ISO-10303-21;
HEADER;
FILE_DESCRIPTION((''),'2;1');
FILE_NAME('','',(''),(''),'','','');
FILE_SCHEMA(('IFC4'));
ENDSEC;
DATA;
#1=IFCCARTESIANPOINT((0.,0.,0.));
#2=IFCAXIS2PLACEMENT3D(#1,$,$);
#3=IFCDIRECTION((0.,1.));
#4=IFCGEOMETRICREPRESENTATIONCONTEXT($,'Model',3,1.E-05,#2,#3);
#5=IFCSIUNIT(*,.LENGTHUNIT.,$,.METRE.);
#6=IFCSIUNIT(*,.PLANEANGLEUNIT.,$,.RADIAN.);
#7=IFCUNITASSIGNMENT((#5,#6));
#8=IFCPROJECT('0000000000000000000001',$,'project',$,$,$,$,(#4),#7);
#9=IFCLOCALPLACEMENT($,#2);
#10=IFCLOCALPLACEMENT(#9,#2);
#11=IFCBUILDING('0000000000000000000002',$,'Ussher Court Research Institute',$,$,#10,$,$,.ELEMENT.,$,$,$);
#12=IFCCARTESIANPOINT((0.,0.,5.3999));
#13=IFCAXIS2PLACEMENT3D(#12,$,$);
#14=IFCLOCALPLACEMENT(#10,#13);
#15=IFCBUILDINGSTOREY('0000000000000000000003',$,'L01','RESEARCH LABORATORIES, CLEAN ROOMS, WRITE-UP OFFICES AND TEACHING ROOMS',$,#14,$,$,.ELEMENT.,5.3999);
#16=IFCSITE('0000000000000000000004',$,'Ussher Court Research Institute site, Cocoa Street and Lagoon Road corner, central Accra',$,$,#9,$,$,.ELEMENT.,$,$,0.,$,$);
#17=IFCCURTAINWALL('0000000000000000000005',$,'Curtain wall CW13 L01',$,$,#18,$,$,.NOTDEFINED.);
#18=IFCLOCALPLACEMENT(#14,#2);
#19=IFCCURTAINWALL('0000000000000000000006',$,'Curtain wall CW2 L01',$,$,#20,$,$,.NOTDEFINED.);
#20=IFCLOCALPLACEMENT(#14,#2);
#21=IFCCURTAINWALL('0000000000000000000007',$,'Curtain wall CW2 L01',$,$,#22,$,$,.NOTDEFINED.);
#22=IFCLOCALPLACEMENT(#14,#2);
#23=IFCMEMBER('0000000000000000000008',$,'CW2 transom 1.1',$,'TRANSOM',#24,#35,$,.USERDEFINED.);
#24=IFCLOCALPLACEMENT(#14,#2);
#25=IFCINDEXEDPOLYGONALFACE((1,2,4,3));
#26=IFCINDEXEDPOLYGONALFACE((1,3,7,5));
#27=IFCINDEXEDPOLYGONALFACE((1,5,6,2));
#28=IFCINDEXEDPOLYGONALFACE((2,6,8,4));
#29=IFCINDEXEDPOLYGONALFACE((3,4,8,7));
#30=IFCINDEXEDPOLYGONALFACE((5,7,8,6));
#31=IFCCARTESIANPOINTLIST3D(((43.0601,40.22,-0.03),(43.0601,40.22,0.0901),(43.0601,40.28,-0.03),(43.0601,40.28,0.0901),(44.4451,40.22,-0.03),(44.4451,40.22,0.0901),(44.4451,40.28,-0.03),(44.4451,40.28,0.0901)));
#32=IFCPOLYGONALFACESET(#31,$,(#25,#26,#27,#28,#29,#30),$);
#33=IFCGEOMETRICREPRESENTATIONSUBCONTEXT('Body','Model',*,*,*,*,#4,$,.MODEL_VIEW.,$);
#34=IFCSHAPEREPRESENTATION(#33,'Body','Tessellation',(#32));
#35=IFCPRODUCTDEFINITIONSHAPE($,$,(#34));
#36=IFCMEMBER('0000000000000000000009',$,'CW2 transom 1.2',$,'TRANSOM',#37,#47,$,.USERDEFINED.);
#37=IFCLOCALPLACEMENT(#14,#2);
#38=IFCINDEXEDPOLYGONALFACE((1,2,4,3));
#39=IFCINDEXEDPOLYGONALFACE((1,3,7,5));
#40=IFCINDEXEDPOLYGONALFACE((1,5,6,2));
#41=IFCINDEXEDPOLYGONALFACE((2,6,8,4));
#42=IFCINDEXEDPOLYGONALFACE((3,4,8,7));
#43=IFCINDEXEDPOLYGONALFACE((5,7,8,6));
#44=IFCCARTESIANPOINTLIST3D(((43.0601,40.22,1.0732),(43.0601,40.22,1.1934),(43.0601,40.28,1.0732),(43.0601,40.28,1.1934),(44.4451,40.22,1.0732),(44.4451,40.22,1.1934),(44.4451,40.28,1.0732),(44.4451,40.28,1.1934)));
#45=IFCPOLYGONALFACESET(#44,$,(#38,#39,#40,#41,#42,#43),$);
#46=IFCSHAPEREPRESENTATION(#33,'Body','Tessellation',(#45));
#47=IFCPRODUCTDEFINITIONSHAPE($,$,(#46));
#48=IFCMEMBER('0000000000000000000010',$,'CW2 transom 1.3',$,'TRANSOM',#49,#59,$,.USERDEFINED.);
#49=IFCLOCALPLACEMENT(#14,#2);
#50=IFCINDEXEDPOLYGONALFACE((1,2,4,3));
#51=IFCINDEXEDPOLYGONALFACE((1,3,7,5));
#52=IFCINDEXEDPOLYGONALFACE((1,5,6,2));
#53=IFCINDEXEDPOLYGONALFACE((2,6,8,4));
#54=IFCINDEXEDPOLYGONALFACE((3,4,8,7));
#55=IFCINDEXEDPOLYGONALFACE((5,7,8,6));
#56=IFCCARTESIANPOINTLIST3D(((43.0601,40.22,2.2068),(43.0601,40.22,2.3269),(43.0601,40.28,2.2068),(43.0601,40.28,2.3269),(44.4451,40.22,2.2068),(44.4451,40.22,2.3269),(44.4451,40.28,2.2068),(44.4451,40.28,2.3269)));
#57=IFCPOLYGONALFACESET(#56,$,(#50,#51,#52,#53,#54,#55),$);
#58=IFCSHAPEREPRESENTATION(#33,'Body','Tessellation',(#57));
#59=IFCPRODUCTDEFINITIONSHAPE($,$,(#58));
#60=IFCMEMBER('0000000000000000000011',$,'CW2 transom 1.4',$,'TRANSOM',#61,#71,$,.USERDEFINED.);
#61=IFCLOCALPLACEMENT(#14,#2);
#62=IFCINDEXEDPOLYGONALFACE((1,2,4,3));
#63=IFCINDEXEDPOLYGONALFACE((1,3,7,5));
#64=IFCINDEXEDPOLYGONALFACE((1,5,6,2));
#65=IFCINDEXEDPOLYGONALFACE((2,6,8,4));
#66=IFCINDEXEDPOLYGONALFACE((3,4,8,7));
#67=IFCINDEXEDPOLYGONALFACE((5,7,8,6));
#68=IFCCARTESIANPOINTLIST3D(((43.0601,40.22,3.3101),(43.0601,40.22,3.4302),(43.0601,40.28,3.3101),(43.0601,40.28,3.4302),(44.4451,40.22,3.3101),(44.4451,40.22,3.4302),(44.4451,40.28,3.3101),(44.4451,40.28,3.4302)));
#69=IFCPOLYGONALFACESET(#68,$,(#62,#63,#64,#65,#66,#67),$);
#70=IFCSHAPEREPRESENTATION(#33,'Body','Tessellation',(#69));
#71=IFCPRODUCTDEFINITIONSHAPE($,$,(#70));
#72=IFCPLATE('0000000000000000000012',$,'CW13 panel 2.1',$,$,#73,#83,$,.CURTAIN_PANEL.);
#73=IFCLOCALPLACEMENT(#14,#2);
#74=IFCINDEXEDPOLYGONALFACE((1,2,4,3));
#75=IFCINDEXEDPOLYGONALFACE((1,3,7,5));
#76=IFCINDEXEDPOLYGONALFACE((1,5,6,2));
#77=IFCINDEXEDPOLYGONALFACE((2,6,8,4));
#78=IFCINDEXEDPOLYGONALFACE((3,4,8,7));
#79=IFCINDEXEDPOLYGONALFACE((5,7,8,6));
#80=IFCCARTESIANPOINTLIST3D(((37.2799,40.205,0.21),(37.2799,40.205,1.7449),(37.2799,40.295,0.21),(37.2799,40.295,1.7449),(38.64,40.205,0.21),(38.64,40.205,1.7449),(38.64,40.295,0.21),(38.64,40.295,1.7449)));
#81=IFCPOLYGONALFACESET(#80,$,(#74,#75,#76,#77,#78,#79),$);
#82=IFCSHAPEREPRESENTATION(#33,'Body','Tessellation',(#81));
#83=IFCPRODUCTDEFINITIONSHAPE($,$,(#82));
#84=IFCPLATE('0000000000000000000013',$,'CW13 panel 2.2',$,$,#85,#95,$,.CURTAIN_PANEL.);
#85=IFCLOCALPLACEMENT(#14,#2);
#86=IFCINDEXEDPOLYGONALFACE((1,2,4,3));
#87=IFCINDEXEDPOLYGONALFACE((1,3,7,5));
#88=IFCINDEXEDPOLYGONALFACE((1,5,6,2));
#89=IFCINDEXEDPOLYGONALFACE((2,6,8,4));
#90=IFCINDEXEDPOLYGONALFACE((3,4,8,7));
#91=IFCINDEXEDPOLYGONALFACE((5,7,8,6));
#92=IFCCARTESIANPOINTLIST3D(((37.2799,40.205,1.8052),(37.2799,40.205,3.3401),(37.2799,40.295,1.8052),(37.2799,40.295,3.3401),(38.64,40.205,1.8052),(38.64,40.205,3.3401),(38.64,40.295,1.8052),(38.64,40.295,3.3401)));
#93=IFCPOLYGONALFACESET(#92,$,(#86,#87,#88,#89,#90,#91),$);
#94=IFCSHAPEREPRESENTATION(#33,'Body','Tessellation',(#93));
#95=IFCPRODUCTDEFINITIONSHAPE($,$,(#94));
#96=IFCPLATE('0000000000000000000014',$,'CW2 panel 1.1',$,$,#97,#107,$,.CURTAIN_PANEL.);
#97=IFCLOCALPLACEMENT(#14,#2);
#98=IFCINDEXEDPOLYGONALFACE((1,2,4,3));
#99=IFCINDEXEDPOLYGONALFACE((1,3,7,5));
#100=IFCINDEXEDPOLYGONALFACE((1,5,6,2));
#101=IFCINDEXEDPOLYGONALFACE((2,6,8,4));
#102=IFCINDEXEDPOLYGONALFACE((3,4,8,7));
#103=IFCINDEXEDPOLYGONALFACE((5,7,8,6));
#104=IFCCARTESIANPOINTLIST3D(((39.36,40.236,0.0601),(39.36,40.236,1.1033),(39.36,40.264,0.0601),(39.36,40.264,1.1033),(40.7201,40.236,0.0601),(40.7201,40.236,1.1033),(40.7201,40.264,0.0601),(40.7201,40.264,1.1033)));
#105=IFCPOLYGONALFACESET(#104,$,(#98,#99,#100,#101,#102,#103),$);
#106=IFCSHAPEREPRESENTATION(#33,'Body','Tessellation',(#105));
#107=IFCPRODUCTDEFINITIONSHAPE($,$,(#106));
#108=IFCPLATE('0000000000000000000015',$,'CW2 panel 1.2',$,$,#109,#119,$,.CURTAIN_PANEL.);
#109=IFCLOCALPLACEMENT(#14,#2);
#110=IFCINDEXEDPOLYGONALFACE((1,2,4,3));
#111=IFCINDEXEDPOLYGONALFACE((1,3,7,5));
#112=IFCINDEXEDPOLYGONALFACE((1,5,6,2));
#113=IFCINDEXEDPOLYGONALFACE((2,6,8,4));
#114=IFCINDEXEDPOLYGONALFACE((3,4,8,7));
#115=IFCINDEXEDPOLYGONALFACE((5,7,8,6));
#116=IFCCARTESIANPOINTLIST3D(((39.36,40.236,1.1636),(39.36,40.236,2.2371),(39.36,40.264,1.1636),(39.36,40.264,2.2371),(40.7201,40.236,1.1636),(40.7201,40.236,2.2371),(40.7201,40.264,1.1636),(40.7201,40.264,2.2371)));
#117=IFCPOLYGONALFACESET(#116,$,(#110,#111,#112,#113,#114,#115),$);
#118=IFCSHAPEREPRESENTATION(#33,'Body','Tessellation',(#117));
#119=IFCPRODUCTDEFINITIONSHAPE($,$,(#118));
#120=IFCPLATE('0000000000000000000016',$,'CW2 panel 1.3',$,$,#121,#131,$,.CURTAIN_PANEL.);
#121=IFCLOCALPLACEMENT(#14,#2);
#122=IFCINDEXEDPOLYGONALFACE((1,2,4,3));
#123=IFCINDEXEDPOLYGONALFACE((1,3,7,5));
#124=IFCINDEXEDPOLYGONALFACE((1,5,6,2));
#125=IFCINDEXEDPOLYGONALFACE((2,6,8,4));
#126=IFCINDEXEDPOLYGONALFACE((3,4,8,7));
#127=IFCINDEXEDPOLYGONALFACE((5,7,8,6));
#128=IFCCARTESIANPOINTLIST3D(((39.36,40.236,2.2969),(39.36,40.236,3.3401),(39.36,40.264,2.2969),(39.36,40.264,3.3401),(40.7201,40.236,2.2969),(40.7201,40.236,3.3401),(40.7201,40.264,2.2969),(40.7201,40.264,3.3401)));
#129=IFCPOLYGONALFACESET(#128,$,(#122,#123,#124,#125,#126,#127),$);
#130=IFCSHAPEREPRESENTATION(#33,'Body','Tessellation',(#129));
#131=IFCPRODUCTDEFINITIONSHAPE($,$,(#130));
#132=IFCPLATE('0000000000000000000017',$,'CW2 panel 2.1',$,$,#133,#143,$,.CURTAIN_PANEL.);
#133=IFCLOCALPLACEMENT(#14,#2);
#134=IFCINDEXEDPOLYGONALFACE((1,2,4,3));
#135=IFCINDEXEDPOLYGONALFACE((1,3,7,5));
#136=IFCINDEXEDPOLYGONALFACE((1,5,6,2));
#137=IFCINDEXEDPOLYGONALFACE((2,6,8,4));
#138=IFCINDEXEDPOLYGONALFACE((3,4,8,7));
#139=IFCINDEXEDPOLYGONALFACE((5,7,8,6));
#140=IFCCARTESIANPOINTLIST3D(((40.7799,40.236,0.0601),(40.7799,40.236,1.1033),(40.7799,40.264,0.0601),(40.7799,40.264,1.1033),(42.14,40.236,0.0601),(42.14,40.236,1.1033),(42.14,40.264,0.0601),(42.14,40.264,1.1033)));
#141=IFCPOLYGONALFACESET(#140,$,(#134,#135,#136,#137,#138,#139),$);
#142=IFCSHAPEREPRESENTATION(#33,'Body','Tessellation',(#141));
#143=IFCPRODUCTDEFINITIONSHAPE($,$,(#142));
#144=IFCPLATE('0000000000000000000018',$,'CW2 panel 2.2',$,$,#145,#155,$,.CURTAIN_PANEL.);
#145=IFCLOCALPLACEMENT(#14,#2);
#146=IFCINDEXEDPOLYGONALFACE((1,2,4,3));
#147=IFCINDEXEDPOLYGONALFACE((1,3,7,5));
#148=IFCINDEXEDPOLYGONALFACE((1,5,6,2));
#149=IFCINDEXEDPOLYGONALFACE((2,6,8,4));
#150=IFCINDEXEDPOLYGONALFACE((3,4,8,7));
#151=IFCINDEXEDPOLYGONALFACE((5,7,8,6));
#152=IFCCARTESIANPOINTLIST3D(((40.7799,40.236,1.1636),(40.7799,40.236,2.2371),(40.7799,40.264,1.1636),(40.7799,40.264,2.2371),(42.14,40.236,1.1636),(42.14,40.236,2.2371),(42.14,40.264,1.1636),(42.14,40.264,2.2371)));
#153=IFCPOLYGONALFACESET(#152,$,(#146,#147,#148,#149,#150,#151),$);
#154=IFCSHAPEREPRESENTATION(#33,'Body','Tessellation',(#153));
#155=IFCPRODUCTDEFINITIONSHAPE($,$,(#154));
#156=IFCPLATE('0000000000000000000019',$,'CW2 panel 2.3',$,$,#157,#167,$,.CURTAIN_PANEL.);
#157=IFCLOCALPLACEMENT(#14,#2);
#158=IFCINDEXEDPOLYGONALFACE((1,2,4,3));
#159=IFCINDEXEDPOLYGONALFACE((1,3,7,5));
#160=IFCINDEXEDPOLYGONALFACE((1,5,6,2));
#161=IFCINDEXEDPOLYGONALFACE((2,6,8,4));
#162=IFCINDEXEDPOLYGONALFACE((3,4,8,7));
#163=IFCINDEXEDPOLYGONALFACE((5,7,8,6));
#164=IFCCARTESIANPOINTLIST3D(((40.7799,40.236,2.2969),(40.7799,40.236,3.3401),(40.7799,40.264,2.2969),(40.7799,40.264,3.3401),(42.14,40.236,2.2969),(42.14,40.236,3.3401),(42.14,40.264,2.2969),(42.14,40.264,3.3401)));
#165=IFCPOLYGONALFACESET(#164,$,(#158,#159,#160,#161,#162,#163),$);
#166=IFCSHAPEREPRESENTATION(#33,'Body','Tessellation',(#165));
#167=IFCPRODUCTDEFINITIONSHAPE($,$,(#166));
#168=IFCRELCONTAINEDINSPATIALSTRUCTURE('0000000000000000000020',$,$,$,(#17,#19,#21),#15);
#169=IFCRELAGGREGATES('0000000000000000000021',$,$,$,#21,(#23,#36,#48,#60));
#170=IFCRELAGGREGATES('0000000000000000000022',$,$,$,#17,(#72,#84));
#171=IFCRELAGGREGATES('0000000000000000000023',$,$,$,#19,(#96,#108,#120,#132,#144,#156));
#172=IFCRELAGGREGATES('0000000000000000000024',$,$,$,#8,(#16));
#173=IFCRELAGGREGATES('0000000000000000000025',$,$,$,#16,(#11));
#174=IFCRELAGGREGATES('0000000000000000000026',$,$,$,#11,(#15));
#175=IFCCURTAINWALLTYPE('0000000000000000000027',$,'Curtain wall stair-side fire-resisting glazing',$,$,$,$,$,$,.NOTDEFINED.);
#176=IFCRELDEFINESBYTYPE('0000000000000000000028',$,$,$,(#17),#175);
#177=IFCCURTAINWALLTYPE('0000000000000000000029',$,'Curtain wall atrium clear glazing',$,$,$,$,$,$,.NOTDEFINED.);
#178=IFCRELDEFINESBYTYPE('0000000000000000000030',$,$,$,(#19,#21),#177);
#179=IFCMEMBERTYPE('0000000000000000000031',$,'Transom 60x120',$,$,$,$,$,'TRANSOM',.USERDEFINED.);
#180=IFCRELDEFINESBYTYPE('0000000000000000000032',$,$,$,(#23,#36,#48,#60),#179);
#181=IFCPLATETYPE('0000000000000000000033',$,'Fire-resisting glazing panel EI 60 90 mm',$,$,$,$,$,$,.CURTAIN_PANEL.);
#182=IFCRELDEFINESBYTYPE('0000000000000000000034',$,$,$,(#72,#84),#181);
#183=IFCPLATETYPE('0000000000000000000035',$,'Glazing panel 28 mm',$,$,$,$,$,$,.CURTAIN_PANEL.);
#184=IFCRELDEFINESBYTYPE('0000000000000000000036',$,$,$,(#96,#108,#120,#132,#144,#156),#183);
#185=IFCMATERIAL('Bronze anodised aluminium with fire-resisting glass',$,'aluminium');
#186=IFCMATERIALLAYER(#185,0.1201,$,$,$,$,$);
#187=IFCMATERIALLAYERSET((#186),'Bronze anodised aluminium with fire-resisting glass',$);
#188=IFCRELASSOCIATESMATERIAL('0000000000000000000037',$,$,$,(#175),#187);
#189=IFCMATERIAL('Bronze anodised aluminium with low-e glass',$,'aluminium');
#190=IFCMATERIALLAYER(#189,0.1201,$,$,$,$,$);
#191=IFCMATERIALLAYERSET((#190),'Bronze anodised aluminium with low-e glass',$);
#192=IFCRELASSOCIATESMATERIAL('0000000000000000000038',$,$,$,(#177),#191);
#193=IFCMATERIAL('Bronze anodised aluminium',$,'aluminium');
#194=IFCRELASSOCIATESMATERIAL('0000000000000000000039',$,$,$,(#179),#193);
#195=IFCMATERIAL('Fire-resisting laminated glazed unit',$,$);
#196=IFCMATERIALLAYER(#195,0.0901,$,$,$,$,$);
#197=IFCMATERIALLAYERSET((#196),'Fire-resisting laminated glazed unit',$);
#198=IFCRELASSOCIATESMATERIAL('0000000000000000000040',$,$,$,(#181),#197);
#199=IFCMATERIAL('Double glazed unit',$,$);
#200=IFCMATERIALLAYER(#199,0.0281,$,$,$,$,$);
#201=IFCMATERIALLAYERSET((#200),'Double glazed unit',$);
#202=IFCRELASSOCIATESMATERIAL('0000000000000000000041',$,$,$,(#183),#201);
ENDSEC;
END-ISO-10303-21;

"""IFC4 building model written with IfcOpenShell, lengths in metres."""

from ifc_helpers import new_model, si_unit, direction, frame, origin, origin_2d, place, context, subcontext, project, spatial, rectangle, extrude, material, layer, layer_set, material_profile, profile_set, type_object, element, aggregate, save


model = new_model("IFC4")

# Units and contexts
model_context = context("Model", 3, precision=1e-05, world=origin(), true_north=direction((0.0, 1.0)))
body_context = subcontext(model_context, "Body", "Model", "MODEL_VIEW")
ifc_project = project(units=[si_unit("LENGTHUNIT", "METRE"), si_unit("PLANEANGLEUNIT", "RADIAN")], contexts=[model_context])

# Site, building, storey
site_placement = place(None, origin())
site = spatial("IfcSite", under=ifc_project, at=site_placement, Name="Ussher Court Research Institute site, Cocoa Street and Lagoon Road corner, central Accra", CompositionType="ELEMENT", RefElevation=0.0)
building_placement = place(site_placement, origin())
building = spatial("IfcBuilding", under=site, at=building_placement, Name="Ussher Court Research Institute", CompositionType="ELEMENT")
storey_placement = place(building_placement, frame((0.0, 0.0, 5.3999)))
storey = spatial("IfcBuildingStorey", under=building, at=storey_placement, Name="L01", Description="RESEARCH LABORATORIES, CLEAN ROOMS, WRITE-UP OFFICES AND TEACHING ROOMS", CompositionType="ELEMENT", Elevation=5.3999)

# Curtain wall
ifc_material_1 = material(Name="Bronze anodised aluminium with fire-resisting glass", Category="aluminium")
ifc_layer_1 = layer(ifc_material_1, 0.1201)
ifc_layer_set_1 = layer_set([ifc_layer_1], Name="Bronze anodised aluminium with fire-resisting glass")
curtain_wall_type_1 = type_object("IfcCurtainWallType", Name="Curtain wall stair-side fire-resisting glazing", PredefinedType="NOTDEFINED", material=ifc_layer_set_1)
curtain_wall_1_placement = place(storey_placement, origin())
curtain_wall_1 = element("IfcCurtainWall", 1, at=curtain_wall_1_placement, inside=storey, type_object=curtain_wall_type_1, Name="Curtain wall CW13 L01", PredefinedType="NOTDEFINED")

# Curtain wall
ifc_material_2 = material(Name="Bronze anodised aluminium with low-e glass", Category="aluminium")
ifc_layer_2 = layer(ifc_material_2, 0.1201)
ifc_layer_set_2 = layer_set([ifc_layer_2], Name="Bronze anodised aluminium with low-e glass")
curtain_wall_type_2 = type_object("IfcCurtainWallType", Name="Curtain wall atrium clear glazing", PredefinedType="NOTDEFINED", material=ifc_layer_set_2)
curtain_wall_2_placement = place(storey_placement, origin())
curtain_wall_2 = element("IfcCurtainWall", 2, at=curtain_wall_2_placement, inside=storey, type_object=curtain_wall_type_2, Name="Curtain wall CW2 L01", PredefinedType="NOTDEFINED")

# Curtain wall
curtain_wall_3_placement = place(storey_placement, origin())
curtain_wall_3 = element("IfcCurtainWall", 3, at=curtain_wall_3_placement, inside=storey, type_object=curtain_wall_type_2, Name="Curtain wall CW2 L01", PredefinedType="NOTDEFINED")

# Members
ifc_material_3 = material(Name="Bronze anodised aluminium", Category="aluminium")
ifc_material_profile_1 = material_profile(ifc_material_3, rectangle(XDim=0.0601, YDim=0.1201, at=origin_2d()), Name="Transom 60x120")
ifc_profile_set_1 = profile_set([ifc_material_profile_1], Name="Bronze anodised aluminium")
member_type_1 = type_object("IfcMemberType", Name="Transom 60x120", ElementType="TRANSOM", PredefinedType="USERDEFINED", material=ifc_profile_set_1)
member_1_placement = place(storey_placement, frame((43.0601, 40.25, 0.03), z_axis=(1.0, 0.0, 0.0), x_axis=(0.0, 1.0, 0.0)))
member_1 = element("IfcMember", 4, at=member_1_placement, type_object=member_type_1, Name="CW2 transom 1.1", ObjectType="TRANSOM", PredefinedType="USERDEFINED", context=body_context, shape_type="SweptSolid", body=[
    extrude(rectangle(XDim=0.0601, YDim=0.1201, at=origin_2d()), origin(), (0.0, 0.0, 1.0), 1.385),
])
member_2_placement = place(storey_placement, frame((43.0601, 40.25, 1.1333), z_axis=(1.0, 0.0, 0.0), x_axis=(0.0, 1.0, 0.0)))
member_2 = element("IfcMember", 5, at=member_2_placement, type_object=member_type_1, Name="CW2 transom 1.2", ObjectType="TRANSOM", PredefinedType="USERDEFINED", context=body_context, shape_type="SweptSolid", body=[
    extrude(rectangle(XDim=0.0601, YDim=0.1201, at=origin_2d()), origin(), (0.0, 0.0, 1.0), 1.385),
])
member_3_placement = place(storey_placement, frame((43.0601, 40.25, 2.2668), z_axis=(1.0, 0.0, 0.0), x_axis=(0.0, 1.0, 0.0)))
member_3 = element("IfcMember", 6, at=member_3_placement, type_object=member_type_1, Name="CW2 transom 1.3", ObjectType="TRANSOM", PredefinedType="USERDEFINED", context=body_context, shape_type="SweptSolid", body=[
    extrude(rectangle(XDim=0.0601, YDim=0.1201, at=origin_2d()), origin(), (0.0, 0.0, 1.0), 1.385),
])
member_4_placement = place(storey_placement, frame((43.0601, 40.25, 3.3701), z_axis=(1.0, 0.0, 0.0), x_axis=(0.0, 1.0, 0.0)))
member_4 = element("IfcMember", 7, at=member_4_placement, type_object=member_type_1, Name="CW2 transom 1.4", ObjectType="TRANSOM", PredefinedType="USERDEFINED", context=body_context, shape_type="SweptSolid", body=[
    extrude(rectangle(XDim=0.0601, YDim=0.1201, at=origin_2d()), origin(), (0.0, 0.0, 1.0), 1.385),
])
aggregate(curtain_wall_3, [member_1, member_2, member_3, member_4])

# Plates
ifc_material_4 = material(Name="Fire-resisting laminated glazed unit")
ifc_layer_3 = layer(ifc_material_4, 0.0901)
ifc_layer_set_3 = layer_set([ifc_layer_3], Name="Fire-resisting laminated glazed unit")
plate_type_1 = type_object("IfcPlateType", Name="Fire-resisting glazing panel EI 60 90 mm", PredefinedType="CURTAIN_PANEL", material=ifc_layer_set_3)
plate_1_placement = place(storey_placement, frame((37.96, 40.25, 0.21), z_axis=(0.0, 0.0, 1.0), x_axis=(1.0, 0.0, 0.0)))
plate_1 = element("IfcPlate", 8, at=plate_1_placement, type_object=plate_type_1, Name="CW13 panel 2.1", PredefinedType="CURTAIN_PANEL", context=body_context, shape_type="SweptSolid", body=[
    extrude(rectangle(XDim=1.3601, YDim=0.0901, at=origin_2d()), origin(), (0.0, 0.0, 1.0), 1.5349),
])
plate_2_placement = place(storey_placement, frame((37.96, 40.25, 1.8052), z_axis=(0.0, 0.0, 1.0), x_axis=(1.0, 0.0, 0.0)))
plate_2 = element("IfcPlate", 9, at=plate_2_placement, type_object=plate_type_1, Name="CW13 panel 2.2", PredefinedType="CURTAIN_PANEL", context=body_context, shape_type="SweptSolid", body=[
    extrude(rectangle(XDim=1.3601, YDim=0.0901, at=origin_2d()), origin(), (0.0, 0.0, 1.0), 1.5349),
])
aggregate(curtain_wall_1, [plate_1, plate_2])
ifc_material_5 = material(Name="Double glazed unit")
ifc_layer_4 = layer(ifc_material_5, 0.0281)
ifc_layer_set_4 = layer_set([ifc_layer_4], Name="Double glazed unit")
plate_type_2 = type_object("IfcPlateType", Name="Glazing panel 28 mm", PredefinedType="CURTAIN_PANEL", material=ifc_layer_set_4)
plate_3_placement = place(storey_placement, frame((40.04, 40.25, 0.0601), z_axis=(0.0, 0.0, 1.0), x_axis=(1.0, 0.0, 0.0)))
plate_3 = element("IfcPlate", 10, at=plate_3_placement, type_object=plate_type_2, Name="CW2 panel 1.1", PredefinedType="CURTAIN_PANEL", context=body_context, shape_type="SweptSolid", body=[
    extrude(rectangle(XDim=1.3601, YDim=0.0281, at=origin_2d()), origin(), (0.0, 0.0, 1.0), 1.0432),
])
plate_4_placement = place(storey_placement, frame((40.04, 40.25, 1.1636), z_axis=(0.0, 0.0, 1.0), x_axis=(1.0, 0.0, 0.0)))
plate_4 = element("IfcPlate", 11, at=plate_4_placement, type_object=plate_type_2, Name="CW2 panel 1.2", PredefinedType="CURTAIN_PANEL", context=body_context, shape_type="SweptSolid", body=[
    extrude(rectangle(XDim=1.3601, YDim=0.0281, at=origin_2d()), origin(), (0.0, 0.0, 1.0), 1.0735),
])
plate_5_placement = place(storey_placement, frame((40.04, 40.25, 2.2969), z_axis=(0.0, 0.0, 1.0), x_axis=(1.0, 0.0, 0.0)))
plate_5 = element("IfcPlate", 12, at=plate_5_placement, type_object=plate_type_2, Name="CW2 panel 1.3", PredefinedType="CURTAIN_PANEL", context=body_context, shape_type="SweptSolid", body=[
    extrude(rectangle(XDim=1.3601, YDim=0.0281, at=origin_2d()), origin(), (0.0, 0.0, 1.0), 1.0432),
])
plate_6_placement = place(storey_placement, frame((41.46, 40.25, 0.0601), z_axis=(0.0, 0.0, 1.0), x_axis=(1.0, 0.0, 0.0)))
plate_6 = element("IfcPlate", 13, at=plate_6_placement, type_object=plate_type_2, Name="CW2 panel 2.1", PredefinedType="CURTAIN_PANEL", context=body_context, shape_type="SweptSolid", body=[
    extrude(rectangle(XDim=1.3601, YDim=0.0281, at=origin_2d()), origin(), (0.0, 0.0, 1.0), 1.0432),
])
plate_7_placement = place(storey_placement, frame((41.46, 40.25, 1.1636), z_axis=(0.0, 0.0, 1.0), x_axis=(1.0, 0.0, 0.0)))
plate_7 = element("IfcPlate", 14, at=plate_7_placement, type_object=plate_type_2, Name="CW2 panel 2.2", PredefinedType="CURTAIN_PANEL", context=body_context, shape_type="SweptSolid", body=[
    extrude(rectangle(XDim=1.3601, YDim=0.0281, at=origin_2d()), origin(), (0.0, 0.0, 1.0), 1.0735),
])
plate_8_placement = place(storey_placement, frame((41.46, 40.25, 2.2969), z_axis=(0.0, 0.0, 1.0), x_axis=(1.0, 0.0, 0.0)))
plate_8 = element("IfcPlate", 15, at=plate_8_placement, type_object=plate_type_2, Name="CW2 panel 2.3", PredefinedType="CURTAIN_PANEL", context=body_context, shape_type="SweptSolid", body=[
    extrude(rectangle(XDim=1.3601, YDim=0.0281, at=origin_2d()), origin(), (0.0, 0.0, 1.0), 1.0432),
])
aggregate(curtain_wall_2, [plate_3, plate_4, plate_5, plate_6, plate_7, plate_8])

save(model, "model.ifc")
